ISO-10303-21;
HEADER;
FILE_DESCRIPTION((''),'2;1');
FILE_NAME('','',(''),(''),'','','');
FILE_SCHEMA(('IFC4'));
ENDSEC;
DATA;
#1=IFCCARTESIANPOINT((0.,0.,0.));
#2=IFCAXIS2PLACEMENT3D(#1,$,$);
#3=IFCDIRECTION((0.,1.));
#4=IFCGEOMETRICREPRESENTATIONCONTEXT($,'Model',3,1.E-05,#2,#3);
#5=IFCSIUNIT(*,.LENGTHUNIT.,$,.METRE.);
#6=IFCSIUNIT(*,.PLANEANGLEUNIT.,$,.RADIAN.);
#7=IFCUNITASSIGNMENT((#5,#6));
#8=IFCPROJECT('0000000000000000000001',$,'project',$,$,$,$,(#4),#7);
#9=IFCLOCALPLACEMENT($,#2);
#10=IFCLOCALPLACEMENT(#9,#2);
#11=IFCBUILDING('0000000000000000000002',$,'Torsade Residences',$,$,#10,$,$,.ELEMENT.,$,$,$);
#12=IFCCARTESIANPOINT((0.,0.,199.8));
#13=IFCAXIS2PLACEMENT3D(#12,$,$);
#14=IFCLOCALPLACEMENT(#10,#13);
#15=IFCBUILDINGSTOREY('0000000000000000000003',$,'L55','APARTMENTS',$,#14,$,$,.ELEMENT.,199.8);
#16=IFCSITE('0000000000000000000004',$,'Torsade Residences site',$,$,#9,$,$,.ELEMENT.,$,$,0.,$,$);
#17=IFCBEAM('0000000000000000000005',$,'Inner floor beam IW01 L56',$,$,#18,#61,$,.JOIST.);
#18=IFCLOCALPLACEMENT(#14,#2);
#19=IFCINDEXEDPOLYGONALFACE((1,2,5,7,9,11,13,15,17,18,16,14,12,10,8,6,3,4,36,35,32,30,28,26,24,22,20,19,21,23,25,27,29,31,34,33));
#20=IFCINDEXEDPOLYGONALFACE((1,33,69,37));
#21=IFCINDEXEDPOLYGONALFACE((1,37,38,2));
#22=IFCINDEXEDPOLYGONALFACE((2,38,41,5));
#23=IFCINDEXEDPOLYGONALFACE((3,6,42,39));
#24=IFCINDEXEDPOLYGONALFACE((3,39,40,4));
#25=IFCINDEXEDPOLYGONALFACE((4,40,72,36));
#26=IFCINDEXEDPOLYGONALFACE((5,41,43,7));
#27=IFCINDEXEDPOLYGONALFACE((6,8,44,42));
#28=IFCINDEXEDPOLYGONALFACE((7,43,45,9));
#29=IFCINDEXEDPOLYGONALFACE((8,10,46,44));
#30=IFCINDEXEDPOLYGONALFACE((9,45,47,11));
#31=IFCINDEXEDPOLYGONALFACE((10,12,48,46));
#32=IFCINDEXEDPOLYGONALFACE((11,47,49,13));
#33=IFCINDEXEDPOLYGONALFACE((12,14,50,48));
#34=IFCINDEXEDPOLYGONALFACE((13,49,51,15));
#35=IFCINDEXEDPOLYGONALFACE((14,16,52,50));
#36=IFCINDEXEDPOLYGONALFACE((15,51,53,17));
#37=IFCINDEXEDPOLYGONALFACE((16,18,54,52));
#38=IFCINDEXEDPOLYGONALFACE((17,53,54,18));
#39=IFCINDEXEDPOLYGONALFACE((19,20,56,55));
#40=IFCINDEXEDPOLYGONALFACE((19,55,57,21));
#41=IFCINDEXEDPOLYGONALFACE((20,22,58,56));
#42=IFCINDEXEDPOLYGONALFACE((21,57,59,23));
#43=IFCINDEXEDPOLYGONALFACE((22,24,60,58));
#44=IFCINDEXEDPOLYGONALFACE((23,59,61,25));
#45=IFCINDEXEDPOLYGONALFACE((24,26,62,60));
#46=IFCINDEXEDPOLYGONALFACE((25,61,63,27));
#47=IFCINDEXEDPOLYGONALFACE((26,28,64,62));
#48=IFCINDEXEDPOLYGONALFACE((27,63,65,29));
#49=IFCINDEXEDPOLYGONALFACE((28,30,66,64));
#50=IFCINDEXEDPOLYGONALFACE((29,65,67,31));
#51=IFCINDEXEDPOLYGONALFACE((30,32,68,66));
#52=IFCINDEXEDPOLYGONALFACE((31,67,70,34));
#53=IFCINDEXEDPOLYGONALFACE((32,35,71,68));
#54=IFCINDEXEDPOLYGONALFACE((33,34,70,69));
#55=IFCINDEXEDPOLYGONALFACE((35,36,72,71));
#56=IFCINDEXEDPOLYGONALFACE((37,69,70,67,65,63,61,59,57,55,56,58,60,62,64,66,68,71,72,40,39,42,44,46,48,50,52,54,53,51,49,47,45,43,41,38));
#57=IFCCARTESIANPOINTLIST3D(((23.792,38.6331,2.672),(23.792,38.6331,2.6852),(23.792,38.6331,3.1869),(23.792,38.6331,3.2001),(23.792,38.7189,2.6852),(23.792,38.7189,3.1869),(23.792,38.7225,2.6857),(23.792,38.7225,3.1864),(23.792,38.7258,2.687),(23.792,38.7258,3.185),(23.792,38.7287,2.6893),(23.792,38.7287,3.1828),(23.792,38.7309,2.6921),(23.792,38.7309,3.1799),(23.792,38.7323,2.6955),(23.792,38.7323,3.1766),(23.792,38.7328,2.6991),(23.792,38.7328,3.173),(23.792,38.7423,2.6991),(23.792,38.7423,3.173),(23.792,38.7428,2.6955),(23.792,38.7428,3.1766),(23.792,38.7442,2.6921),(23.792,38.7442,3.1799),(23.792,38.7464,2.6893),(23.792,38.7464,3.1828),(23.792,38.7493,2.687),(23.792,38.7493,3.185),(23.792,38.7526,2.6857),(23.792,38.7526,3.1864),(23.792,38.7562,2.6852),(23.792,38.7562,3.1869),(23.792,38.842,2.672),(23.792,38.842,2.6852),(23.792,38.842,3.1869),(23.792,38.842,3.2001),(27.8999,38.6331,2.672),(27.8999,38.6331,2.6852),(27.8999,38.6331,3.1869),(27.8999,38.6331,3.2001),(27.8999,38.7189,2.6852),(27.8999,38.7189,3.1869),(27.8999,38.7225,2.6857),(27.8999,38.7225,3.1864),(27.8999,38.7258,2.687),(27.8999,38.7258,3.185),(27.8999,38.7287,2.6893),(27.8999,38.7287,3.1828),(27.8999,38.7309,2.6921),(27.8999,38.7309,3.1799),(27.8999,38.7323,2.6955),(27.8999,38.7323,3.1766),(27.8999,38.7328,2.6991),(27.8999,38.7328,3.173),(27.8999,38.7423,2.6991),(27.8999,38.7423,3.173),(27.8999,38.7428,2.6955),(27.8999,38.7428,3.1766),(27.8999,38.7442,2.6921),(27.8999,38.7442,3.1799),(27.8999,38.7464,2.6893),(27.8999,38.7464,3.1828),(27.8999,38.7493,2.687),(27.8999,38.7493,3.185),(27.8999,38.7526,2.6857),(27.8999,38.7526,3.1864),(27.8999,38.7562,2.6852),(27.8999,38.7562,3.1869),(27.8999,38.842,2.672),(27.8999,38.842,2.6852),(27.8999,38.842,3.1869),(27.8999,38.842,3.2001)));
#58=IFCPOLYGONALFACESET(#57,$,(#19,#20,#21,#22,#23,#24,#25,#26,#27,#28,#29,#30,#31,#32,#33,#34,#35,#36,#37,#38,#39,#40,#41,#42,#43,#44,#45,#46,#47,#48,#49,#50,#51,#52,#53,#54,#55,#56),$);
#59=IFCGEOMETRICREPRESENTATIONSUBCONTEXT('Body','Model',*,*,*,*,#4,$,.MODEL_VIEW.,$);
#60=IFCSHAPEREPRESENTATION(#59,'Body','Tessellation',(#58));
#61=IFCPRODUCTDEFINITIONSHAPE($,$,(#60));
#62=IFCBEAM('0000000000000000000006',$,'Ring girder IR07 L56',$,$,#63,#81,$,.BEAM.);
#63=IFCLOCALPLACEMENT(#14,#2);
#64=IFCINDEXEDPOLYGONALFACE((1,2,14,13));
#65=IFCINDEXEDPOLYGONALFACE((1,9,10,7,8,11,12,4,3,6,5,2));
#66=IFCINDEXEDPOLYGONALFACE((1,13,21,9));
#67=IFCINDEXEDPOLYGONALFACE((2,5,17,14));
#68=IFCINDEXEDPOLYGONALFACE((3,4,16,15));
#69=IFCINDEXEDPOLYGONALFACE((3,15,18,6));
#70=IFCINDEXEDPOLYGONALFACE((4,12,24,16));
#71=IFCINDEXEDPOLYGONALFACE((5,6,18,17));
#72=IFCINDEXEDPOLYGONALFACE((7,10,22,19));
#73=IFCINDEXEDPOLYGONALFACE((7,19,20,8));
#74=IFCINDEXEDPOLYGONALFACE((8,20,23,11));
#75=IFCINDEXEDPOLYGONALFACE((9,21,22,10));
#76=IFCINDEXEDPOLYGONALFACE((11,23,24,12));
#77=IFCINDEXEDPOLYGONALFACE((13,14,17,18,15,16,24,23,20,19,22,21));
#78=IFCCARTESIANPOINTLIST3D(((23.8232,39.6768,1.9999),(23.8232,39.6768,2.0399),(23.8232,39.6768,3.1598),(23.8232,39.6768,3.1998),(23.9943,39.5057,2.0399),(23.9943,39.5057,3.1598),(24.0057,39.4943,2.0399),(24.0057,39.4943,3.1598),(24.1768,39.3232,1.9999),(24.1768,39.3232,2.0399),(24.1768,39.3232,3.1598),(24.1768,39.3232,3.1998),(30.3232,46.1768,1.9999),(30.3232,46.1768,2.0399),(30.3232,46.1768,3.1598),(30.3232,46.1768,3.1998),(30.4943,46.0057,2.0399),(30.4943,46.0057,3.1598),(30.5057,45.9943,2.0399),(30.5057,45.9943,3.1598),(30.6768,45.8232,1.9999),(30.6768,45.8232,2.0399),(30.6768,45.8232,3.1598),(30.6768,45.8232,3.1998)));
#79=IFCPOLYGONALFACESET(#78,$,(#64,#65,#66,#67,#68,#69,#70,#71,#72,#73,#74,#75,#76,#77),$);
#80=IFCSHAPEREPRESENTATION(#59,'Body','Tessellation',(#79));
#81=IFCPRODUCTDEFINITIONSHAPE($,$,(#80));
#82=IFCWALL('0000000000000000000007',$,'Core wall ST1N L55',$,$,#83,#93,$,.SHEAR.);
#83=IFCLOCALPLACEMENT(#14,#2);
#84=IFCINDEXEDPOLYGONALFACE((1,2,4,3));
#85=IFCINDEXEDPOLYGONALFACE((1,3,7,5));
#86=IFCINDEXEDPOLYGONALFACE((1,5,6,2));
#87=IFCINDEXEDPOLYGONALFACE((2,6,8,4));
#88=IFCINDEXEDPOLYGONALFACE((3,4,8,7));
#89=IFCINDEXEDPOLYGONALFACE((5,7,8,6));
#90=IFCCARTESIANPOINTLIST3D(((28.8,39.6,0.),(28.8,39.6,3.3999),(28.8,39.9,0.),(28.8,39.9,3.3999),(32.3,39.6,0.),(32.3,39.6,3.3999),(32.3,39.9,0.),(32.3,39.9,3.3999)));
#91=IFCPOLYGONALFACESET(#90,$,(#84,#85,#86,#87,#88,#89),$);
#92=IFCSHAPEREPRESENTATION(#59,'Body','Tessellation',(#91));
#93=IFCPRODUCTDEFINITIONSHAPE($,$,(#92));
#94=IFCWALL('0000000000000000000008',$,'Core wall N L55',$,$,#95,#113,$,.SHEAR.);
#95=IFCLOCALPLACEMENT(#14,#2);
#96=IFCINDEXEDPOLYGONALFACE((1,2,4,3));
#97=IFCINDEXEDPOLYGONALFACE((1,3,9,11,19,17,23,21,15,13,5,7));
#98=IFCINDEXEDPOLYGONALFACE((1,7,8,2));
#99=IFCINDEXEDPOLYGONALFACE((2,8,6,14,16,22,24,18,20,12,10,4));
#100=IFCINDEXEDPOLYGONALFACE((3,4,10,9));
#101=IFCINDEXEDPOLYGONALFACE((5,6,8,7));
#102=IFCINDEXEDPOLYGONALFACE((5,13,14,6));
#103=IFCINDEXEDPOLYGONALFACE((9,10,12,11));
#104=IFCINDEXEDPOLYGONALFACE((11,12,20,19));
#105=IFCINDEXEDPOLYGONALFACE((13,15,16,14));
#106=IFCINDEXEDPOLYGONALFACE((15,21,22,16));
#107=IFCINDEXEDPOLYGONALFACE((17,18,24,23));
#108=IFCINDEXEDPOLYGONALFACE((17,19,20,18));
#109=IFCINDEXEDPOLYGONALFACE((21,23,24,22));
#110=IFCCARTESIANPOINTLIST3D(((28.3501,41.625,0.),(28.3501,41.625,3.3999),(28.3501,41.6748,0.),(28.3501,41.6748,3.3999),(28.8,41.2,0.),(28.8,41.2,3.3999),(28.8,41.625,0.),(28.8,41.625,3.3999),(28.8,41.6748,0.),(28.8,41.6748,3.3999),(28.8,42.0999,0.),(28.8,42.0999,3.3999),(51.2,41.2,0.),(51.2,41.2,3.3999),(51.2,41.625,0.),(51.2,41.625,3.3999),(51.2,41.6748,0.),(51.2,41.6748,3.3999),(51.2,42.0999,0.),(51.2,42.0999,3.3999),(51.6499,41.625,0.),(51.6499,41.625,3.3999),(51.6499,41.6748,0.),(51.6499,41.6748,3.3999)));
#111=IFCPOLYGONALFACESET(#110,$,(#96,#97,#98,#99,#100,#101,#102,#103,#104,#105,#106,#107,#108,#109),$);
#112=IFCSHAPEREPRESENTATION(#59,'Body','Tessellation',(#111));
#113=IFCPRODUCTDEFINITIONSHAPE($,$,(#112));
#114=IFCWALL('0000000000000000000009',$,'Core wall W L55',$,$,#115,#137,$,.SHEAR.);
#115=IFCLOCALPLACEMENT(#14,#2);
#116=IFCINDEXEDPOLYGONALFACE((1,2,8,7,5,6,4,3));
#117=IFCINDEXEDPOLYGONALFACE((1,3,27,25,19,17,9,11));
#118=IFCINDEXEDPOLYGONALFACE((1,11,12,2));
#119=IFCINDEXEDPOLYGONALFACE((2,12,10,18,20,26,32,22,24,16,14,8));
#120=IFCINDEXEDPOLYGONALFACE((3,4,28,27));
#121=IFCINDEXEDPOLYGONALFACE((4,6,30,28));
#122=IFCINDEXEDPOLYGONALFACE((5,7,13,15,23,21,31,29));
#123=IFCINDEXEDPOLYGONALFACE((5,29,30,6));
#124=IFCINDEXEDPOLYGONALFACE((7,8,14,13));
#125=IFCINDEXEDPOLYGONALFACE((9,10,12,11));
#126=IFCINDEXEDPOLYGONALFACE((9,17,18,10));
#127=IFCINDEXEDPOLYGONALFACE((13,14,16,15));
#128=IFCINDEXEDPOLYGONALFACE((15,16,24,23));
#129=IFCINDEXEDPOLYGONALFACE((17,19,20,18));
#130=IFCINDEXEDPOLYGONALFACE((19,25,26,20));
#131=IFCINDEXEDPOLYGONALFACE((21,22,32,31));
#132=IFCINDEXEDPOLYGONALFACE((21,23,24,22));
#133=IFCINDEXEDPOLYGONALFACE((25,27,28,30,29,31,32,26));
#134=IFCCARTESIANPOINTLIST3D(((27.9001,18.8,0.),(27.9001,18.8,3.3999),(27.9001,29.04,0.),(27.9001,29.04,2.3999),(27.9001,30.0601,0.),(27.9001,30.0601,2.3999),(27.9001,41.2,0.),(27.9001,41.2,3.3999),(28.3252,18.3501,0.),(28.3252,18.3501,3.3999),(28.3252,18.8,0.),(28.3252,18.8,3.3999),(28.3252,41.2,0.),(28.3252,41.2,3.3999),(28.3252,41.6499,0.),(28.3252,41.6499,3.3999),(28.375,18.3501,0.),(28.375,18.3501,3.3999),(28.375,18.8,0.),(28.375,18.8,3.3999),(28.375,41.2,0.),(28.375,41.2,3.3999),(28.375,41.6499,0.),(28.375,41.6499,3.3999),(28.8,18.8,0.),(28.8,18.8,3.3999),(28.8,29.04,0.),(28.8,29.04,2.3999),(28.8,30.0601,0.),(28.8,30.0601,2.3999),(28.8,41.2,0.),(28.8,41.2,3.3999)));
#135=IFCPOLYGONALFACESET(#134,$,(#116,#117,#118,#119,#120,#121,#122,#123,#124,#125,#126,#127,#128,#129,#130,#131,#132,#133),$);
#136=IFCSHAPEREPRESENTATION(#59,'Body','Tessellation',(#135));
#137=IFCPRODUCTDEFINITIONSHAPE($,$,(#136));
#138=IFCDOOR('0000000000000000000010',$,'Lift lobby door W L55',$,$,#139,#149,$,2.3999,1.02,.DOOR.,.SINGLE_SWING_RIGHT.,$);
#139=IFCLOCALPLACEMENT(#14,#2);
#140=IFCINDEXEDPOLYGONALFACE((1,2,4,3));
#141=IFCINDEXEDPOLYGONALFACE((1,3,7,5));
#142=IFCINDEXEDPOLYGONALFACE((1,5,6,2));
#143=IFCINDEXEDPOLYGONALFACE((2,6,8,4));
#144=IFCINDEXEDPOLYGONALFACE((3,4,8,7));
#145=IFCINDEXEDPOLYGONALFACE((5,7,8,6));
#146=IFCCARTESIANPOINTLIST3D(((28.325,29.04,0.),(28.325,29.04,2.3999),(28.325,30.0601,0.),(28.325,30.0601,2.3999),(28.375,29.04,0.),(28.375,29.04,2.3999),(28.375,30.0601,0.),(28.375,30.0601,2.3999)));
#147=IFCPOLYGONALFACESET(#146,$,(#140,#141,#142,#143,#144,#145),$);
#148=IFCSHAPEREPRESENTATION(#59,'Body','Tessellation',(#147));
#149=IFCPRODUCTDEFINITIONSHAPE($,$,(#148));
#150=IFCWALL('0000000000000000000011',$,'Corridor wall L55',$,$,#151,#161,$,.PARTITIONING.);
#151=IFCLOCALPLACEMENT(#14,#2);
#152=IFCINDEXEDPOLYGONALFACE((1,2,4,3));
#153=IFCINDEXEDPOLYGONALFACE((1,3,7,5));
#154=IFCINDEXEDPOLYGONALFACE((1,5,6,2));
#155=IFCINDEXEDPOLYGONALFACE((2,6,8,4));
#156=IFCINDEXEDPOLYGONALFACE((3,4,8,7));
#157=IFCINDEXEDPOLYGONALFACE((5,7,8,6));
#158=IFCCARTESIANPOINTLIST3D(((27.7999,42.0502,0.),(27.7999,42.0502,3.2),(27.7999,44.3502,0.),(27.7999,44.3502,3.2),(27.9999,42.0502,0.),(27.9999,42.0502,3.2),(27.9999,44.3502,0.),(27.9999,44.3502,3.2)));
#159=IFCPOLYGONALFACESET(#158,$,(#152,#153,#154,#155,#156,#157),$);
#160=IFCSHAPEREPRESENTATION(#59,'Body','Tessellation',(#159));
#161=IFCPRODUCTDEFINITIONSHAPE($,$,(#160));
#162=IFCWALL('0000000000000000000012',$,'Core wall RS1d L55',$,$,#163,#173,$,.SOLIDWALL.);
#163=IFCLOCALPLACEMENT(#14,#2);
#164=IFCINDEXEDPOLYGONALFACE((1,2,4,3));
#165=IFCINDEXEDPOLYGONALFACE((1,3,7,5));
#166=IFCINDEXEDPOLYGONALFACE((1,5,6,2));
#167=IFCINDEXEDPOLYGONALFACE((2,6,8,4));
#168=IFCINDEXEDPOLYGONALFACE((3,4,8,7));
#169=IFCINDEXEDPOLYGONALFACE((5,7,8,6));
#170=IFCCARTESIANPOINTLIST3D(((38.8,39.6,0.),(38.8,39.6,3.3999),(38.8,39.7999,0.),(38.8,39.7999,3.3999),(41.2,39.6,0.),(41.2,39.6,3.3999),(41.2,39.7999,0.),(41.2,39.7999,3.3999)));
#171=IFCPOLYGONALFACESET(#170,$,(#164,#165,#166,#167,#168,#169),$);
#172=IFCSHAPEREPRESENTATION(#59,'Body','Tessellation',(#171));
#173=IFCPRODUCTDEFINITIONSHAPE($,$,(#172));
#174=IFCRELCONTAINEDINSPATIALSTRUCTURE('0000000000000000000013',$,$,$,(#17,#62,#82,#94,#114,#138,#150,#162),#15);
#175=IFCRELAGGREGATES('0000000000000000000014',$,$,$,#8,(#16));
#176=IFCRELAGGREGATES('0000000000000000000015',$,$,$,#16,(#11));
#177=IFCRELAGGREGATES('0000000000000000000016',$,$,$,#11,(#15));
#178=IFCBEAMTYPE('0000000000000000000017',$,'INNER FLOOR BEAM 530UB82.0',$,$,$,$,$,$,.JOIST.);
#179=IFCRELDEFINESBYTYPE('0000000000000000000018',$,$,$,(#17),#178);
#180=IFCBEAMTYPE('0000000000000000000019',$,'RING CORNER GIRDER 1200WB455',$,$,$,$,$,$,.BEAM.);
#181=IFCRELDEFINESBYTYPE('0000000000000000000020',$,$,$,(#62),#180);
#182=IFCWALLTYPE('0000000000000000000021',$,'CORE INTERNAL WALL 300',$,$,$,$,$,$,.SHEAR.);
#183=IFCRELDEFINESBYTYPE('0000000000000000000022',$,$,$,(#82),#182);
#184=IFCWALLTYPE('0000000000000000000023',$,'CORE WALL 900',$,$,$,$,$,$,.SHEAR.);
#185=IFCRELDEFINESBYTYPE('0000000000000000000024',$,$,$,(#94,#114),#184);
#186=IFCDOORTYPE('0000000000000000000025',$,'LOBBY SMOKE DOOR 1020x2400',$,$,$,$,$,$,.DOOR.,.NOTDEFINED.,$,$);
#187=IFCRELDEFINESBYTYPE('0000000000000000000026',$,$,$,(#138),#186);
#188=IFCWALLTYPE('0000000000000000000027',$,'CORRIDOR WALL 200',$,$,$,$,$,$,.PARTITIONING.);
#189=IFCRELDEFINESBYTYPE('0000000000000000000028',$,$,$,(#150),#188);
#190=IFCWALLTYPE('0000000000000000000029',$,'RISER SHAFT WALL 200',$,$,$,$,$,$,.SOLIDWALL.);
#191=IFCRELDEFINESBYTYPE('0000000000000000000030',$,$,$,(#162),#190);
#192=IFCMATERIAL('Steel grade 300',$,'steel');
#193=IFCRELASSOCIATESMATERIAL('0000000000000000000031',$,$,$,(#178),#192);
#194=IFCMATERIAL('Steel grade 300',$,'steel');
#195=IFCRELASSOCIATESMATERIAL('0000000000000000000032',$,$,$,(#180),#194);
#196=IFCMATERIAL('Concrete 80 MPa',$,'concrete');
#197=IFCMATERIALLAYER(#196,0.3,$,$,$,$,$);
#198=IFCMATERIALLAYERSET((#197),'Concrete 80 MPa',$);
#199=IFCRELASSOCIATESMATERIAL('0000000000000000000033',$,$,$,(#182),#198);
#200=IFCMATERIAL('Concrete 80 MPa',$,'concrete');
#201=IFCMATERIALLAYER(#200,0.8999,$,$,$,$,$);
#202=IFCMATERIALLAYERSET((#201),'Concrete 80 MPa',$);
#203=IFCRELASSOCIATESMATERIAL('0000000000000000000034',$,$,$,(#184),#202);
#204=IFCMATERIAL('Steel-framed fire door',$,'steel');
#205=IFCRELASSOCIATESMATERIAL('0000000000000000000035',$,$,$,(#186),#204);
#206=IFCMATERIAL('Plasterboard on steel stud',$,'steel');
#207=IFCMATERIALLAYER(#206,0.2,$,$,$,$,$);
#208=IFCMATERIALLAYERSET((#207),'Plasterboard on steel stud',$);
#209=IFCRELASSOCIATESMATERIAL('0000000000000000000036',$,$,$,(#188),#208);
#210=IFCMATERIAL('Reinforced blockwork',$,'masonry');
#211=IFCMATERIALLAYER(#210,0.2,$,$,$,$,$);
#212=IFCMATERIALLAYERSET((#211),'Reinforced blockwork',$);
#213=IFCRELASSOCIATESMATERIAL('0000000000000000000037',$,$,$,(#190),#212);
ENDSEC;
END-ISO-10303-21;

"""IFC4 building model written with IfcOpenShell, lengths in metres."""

from ifc_helpers import new_model, si_unit, direction, frame, frame_2d, origin, origin_2d, place, context, subcontext, project, spatial, polyline, rectangle, i_section, outline, extrude, material, layer, layer_set, material_profile, profile_set, type_object, element, fill, save


model = new_model("IFC4")

# Units and contexts
model_context = context("Model", 3, precision=1e-05, world=origin(), true_north=direction((0.0, 1.0)))
body_context = subcontext(model_context, "Body", "Model", "MODEL_VIEW")
ifc_project = project(units=[si_unit("LENGTHUNIT", "METRE"), si_unit("PLANEANGLEUNIT", "RADIAN")], contexts=[model_context])

# Site, building, storey
site_placement = place(None, origin())
site = spatial("IfcSite", under=ifc_project, at=site_placement, Name="Torsade Residences site", CompositionType="ELEMENT", RefElevation=0.0)
building_placement = place(site_placement, origin())
building = spatial("IfcBuilding", under=site, at=building_placement, Name="Torsade Residences", CompositionType="ELEMENT")
storey_placement = place(building_placement, frame((0.0, 0.0, 199.8)))
storey = spatial("IfcBuildingStorey", under=building, at=storey_placement, Name="L55", Description="APARTMENTS", CompositionType="ELEMENT", Elevation=199.8)

# Beams
ifc_material_1 = material(Name="Steel grade 300", Category="steel")
ifc_material_profile_1 = material_profile(ifc_material_1, i_section(OverallWidth=0.209, OverallDepth=0.5281, WebThickness=0.0095, FlangeThickness=0.0132, FilletRadius=0.0139, at=origin_2d()), Name="530UB82.0")
ifc_profile_set_1 = profile_set([ifc_material_profile_1], Name="Steel grade 300")
beam_type_1 = type_object("IfcBeamType", Name="INNER FLOOR BEAM 530UB82.0", PredefinedType="JOIST", material=ifc_profile_set_1)
beam_1_placement = place(storey_placement, frame((27.8999, 38.7375, 2.936), z_axis=(-1.0, 0.0, 0.0), x_axis=(0.0, -1.0, 0.0)))
element("IfcBeam", 1, at=beam_1_placement, inside=storey, type_object=beam_type_1, Name="Inner floor beam IW01 L56", PredefinedType="JOIST", context=body_context, shape_type="SweptSolid", body=[
    extrude(i_section(OverallWidth=0.209, OverallDepth=0.5281, WebThickness=0.0095, FlangeThickness=0.0132, FilletRadius=0.0139, at=origin_2d()), origin(), (0.0, 0.0, 1.0), 4.1079),
])
ifc_material_2 = material(Name="Steel grade 300", Category="steel")
ifc_material_profile_2 = material_profile(ifc_material_2, i_section(OverallWidth=0.5, OverallDepth=1.2, WebThickness=0.0161, FlangeThickness=0.04, at=origin_2d()), Name="1200WB455")
ifc_profile_set_2 = profile_set([ifc_material_profile_2], Name="Steel grade 300")
beam_type_2 = type_object("IfcBeamType", Name="RING CORNER GIRDER 1200WB455", PredefinedType="BEAM", material=ifc_profile_set_2)
beam_2_placement = place(storey_placement, frame((30.5, 46.0, 2.5999), z_axis=(-0.707107, -0.707107, 0.0), x_axis=(0.707107, -0.707107, 0.0)))
element("IfcBeam", 2, at=beam_2_placement, inside=storey, type_object=beam_type_2, Name="Ring girder IR07 L56", PredefinedType="BEAM", context=body_context, shape_type="SweptSolid", body=[
    extrude(i_section(OverallWidth=0.5, OverallDepth=1.2, WebThickness=0.0161, FlangeThickness=0.04, at=origin_2d()), origin(), (0.0, 0.0, 1.0), 9.1924),
])

# Walls
ifc_material_3 = material(Name="Concrete 80 MPa", Category="concrete")
ifc_layer_1 = layer(ifc_material_3, 0.3)
ifc_layer_set_1 = layer_set([ifc_layer_1], Name="Concrete 80 MPa")
wall_type_1 = type_object("IfcWallType", Name="CORE INTERNAL WALL 300", PredefinedType="SHEAR", material=ifc_layer_set_1)
wall_1_placement = place(storey_placement, frame((28.8, 39.75, 0.0), z_axis=(0.0, 0.0, 1.0), x_axis=(1.0, 0.0, 0.0)))
element("IfcWall", 3, at=wall_1_placement, inside=storey, type_object=wall_type_1, Name="Core wall ST1N L55", PredefinedType="SHEAR", context=body_context, shape_type="SweptSolid", body=[
    extrude(rectangle(XDim=3.5, YDim=0.3, at=frame_2d((1.75, 0.0))), origin(), (0.0, 0.0, 1.0), 3.3999),
])
ifc_material_4 = material(Name="Concrete 80 MPa", Category="concrete")
ifc_layer_2 = layer(ifc_material_4, 0.8999)
ifc_layer_set_2 = layer_set([ifc_layer_2], Name="Concrete 80 MPa")
wall_type_2 = type_object("IfcWallType", Name="CORE WALL 900", PredefinedType="SHEAR", material=ifc_layer_set_2)
wall_2_placement = place(storey_placement, frame((28.8, 41.6499, 0.0), z_axis=(0.0, 0.0, 1.0), x_axis=(1.0, 0.0, 0.0)))
element("IfcWall", 4, at=wall_2_placement, inside=storey, type_object=wall_type_2, Name="Core wall N L55", PredefinedType="SHEAR", context=body_context, shape_type="SweptSolid", body=[
    extrude(outline(polyline([(0.0, -0.45), (22.3999, -0.45), (22.3999, -0.0249), (22.8499, -0.0249), (22.8499, 0.0249), (22.3999, 0.0249), (22.3999, 0.45), (0.0, 0.45), (0.0, 0.0249), (-0.45, 0.0249), (-0.45, -0.0249), (0.0, -0.0249), (0.0, -0.45)])), origin(), (0.0, 0.0, 1.0), 3.3999),
])

# Wall, opening, door
wall_3_placement = place(storey_placement, frame((28.3501, 41.2, 0.0), z_axis=(0.0, 0.0, 1.0), x_axis=(0.0, -1.0, 0.0)))
wall_3 = element("IfcWall", 5, at=wall_3_placement, inside=storey, type_object=wall_type_2, Name="Core wall W L55", PredefinedType="SHEAR", context=body_context, shape_type="SweptSolid", body=[
    extrude(outline(polyline([(0.0, -0.45), (22.3999, -0.45), (22.3999, -0.0249), (22.8499, -0.0249), (22.8499, 0.0249), (22.3999, 0.0249), (22.3999, 0.45), (0.0, 0.45), (0.0, 0.0249), (-0.45, 0.0249), (-0.45, -0.0249), (0.0, -0.0249), (0.0, -0.45)])), origin(), (0.0, 0.0, 1.0), 3.3999),
])
opening_1_placement = place(wall_3_placement, frame((11.1399, 0.0, 0.0)))
opening_1 = element("IfcOpeningElement", 6, at=opening_1_placement, cuts=wall_3, PredefinedType="OPENING", context=body_context, shape_type="SweptSolid", body=[
    extrude(rectangle(XDim=1.02, YDim=2.3999, at=frame_2d((0.51, 1.2))), frame((0.0, 0.46, 0.0), z_axis=(0.0, -1.0, 0.0), x_axis=(1.0, 0.0, 0.0)), (0.0, 0.0, 1.0), 0.9199),
])
ifc_material_5 = material(Name="Steel-framed fire door", Category="steel")
door_type_1 = type_object("IfcDoorType", Name="LOBBY SMOKE DOOR 1020x2400", OperationType="NOTDEFINED", PredefinedType="DOOR", material=ifc_material_5)
door_1_placement = place(opening_1_placement, origin())
door_1 = element("IfcDoor", 7, at=door_1_placement, inside=storey, type_object=door_type_1, Name="Lift lobby door W L55", OperationType="SINGLE_SWING_RIGHT", OverallHeight=2.3999, OverallWidth=1.02, PredefinedType="DOOR", context=body_context, shape_type="SweptSolid", body=[
    extrude(rectangle(XDim=1.02, YDim=2.3999, at=frame_2d((0.51, 1.2))), frame((0.0, 0.0249, 0.0), z_axis=(0.0, -1.0, 0.0), x_axis=(1.0, 0.0, 0.0)), (0.0, 0.0, 1.0), 0.05),
])
fill(opening_1, door_1)

# Walls
ifc_material_6 = material(Name="Plasterboard on steel stud", Category="steel")
ifc_layer_3 = layer(ifc_material_6, 0.2)
ifc_layer_set_3 = layer_set([ifc_layer_3], Name="Plasterboard on steel stud")
wall_type_3 = type_object("IfcWallType", Name="CORRIDOR WALL 200", PredefinedType="PARTITIONING", material=ifc_layer_set_3)
wall_4_placement = place(storey_placement, frame((27.8999, 44.3501, 0.0), z_axis=(0.0, 0.0, 1.0), x_axis=(0.0, -1.0, 0.0)))
element("IfcWall", 8, at=wall_4_placement, inside=storey, type_object=wall_type_3, Name="Corridor wall L55", PredefinedType="PARTITIONING", context=body_context, shape_type="SweptSolid", body=[
    extrude(rectangle(XDim=2.3, YDim=0.2, at=frame_2d((1.1499, 0.0))), origin(), (0.0, 0.0, 1.0), 3.2),
])
ifc_material_7 = material(Name="Reinforced blockwork", Category="masonry")
ifc_layer_4 = layer(ifc_material_7, 0.2)
ifc_layer_set_4 = layer_set([ifc_layer_4], Name="Reinforced blockwork")
wall_type_4 = type_object("IfcWallType", Name="RISER SHAFT WALL 200", PredefinedType="SOLIDWALL", material=ifc_layer_set_4)
wall_5_placement = place(storey_placement, frame((38.8, 39.7, 0.0), z_axis=(0.0, 0.0, 1.0), x_axis=(1.0, 0.0, 0.0)))
element("IfcWall", 9, at=wall_5_placement, inside=storey, type_object=wall_type_4, Name="Core wall RS1d L55", PredefinedType="SOLIDWALL", context=body_context, shape_type="SweptSolid", body=[
    extrude(rectangle(XDim=2.3999, YDim=0.2, at=frame_2d((1.2, 0.0))), origin(), (0.0, 0.0, 1.0), 3.3999),
])

save(model, "model.ifc")
